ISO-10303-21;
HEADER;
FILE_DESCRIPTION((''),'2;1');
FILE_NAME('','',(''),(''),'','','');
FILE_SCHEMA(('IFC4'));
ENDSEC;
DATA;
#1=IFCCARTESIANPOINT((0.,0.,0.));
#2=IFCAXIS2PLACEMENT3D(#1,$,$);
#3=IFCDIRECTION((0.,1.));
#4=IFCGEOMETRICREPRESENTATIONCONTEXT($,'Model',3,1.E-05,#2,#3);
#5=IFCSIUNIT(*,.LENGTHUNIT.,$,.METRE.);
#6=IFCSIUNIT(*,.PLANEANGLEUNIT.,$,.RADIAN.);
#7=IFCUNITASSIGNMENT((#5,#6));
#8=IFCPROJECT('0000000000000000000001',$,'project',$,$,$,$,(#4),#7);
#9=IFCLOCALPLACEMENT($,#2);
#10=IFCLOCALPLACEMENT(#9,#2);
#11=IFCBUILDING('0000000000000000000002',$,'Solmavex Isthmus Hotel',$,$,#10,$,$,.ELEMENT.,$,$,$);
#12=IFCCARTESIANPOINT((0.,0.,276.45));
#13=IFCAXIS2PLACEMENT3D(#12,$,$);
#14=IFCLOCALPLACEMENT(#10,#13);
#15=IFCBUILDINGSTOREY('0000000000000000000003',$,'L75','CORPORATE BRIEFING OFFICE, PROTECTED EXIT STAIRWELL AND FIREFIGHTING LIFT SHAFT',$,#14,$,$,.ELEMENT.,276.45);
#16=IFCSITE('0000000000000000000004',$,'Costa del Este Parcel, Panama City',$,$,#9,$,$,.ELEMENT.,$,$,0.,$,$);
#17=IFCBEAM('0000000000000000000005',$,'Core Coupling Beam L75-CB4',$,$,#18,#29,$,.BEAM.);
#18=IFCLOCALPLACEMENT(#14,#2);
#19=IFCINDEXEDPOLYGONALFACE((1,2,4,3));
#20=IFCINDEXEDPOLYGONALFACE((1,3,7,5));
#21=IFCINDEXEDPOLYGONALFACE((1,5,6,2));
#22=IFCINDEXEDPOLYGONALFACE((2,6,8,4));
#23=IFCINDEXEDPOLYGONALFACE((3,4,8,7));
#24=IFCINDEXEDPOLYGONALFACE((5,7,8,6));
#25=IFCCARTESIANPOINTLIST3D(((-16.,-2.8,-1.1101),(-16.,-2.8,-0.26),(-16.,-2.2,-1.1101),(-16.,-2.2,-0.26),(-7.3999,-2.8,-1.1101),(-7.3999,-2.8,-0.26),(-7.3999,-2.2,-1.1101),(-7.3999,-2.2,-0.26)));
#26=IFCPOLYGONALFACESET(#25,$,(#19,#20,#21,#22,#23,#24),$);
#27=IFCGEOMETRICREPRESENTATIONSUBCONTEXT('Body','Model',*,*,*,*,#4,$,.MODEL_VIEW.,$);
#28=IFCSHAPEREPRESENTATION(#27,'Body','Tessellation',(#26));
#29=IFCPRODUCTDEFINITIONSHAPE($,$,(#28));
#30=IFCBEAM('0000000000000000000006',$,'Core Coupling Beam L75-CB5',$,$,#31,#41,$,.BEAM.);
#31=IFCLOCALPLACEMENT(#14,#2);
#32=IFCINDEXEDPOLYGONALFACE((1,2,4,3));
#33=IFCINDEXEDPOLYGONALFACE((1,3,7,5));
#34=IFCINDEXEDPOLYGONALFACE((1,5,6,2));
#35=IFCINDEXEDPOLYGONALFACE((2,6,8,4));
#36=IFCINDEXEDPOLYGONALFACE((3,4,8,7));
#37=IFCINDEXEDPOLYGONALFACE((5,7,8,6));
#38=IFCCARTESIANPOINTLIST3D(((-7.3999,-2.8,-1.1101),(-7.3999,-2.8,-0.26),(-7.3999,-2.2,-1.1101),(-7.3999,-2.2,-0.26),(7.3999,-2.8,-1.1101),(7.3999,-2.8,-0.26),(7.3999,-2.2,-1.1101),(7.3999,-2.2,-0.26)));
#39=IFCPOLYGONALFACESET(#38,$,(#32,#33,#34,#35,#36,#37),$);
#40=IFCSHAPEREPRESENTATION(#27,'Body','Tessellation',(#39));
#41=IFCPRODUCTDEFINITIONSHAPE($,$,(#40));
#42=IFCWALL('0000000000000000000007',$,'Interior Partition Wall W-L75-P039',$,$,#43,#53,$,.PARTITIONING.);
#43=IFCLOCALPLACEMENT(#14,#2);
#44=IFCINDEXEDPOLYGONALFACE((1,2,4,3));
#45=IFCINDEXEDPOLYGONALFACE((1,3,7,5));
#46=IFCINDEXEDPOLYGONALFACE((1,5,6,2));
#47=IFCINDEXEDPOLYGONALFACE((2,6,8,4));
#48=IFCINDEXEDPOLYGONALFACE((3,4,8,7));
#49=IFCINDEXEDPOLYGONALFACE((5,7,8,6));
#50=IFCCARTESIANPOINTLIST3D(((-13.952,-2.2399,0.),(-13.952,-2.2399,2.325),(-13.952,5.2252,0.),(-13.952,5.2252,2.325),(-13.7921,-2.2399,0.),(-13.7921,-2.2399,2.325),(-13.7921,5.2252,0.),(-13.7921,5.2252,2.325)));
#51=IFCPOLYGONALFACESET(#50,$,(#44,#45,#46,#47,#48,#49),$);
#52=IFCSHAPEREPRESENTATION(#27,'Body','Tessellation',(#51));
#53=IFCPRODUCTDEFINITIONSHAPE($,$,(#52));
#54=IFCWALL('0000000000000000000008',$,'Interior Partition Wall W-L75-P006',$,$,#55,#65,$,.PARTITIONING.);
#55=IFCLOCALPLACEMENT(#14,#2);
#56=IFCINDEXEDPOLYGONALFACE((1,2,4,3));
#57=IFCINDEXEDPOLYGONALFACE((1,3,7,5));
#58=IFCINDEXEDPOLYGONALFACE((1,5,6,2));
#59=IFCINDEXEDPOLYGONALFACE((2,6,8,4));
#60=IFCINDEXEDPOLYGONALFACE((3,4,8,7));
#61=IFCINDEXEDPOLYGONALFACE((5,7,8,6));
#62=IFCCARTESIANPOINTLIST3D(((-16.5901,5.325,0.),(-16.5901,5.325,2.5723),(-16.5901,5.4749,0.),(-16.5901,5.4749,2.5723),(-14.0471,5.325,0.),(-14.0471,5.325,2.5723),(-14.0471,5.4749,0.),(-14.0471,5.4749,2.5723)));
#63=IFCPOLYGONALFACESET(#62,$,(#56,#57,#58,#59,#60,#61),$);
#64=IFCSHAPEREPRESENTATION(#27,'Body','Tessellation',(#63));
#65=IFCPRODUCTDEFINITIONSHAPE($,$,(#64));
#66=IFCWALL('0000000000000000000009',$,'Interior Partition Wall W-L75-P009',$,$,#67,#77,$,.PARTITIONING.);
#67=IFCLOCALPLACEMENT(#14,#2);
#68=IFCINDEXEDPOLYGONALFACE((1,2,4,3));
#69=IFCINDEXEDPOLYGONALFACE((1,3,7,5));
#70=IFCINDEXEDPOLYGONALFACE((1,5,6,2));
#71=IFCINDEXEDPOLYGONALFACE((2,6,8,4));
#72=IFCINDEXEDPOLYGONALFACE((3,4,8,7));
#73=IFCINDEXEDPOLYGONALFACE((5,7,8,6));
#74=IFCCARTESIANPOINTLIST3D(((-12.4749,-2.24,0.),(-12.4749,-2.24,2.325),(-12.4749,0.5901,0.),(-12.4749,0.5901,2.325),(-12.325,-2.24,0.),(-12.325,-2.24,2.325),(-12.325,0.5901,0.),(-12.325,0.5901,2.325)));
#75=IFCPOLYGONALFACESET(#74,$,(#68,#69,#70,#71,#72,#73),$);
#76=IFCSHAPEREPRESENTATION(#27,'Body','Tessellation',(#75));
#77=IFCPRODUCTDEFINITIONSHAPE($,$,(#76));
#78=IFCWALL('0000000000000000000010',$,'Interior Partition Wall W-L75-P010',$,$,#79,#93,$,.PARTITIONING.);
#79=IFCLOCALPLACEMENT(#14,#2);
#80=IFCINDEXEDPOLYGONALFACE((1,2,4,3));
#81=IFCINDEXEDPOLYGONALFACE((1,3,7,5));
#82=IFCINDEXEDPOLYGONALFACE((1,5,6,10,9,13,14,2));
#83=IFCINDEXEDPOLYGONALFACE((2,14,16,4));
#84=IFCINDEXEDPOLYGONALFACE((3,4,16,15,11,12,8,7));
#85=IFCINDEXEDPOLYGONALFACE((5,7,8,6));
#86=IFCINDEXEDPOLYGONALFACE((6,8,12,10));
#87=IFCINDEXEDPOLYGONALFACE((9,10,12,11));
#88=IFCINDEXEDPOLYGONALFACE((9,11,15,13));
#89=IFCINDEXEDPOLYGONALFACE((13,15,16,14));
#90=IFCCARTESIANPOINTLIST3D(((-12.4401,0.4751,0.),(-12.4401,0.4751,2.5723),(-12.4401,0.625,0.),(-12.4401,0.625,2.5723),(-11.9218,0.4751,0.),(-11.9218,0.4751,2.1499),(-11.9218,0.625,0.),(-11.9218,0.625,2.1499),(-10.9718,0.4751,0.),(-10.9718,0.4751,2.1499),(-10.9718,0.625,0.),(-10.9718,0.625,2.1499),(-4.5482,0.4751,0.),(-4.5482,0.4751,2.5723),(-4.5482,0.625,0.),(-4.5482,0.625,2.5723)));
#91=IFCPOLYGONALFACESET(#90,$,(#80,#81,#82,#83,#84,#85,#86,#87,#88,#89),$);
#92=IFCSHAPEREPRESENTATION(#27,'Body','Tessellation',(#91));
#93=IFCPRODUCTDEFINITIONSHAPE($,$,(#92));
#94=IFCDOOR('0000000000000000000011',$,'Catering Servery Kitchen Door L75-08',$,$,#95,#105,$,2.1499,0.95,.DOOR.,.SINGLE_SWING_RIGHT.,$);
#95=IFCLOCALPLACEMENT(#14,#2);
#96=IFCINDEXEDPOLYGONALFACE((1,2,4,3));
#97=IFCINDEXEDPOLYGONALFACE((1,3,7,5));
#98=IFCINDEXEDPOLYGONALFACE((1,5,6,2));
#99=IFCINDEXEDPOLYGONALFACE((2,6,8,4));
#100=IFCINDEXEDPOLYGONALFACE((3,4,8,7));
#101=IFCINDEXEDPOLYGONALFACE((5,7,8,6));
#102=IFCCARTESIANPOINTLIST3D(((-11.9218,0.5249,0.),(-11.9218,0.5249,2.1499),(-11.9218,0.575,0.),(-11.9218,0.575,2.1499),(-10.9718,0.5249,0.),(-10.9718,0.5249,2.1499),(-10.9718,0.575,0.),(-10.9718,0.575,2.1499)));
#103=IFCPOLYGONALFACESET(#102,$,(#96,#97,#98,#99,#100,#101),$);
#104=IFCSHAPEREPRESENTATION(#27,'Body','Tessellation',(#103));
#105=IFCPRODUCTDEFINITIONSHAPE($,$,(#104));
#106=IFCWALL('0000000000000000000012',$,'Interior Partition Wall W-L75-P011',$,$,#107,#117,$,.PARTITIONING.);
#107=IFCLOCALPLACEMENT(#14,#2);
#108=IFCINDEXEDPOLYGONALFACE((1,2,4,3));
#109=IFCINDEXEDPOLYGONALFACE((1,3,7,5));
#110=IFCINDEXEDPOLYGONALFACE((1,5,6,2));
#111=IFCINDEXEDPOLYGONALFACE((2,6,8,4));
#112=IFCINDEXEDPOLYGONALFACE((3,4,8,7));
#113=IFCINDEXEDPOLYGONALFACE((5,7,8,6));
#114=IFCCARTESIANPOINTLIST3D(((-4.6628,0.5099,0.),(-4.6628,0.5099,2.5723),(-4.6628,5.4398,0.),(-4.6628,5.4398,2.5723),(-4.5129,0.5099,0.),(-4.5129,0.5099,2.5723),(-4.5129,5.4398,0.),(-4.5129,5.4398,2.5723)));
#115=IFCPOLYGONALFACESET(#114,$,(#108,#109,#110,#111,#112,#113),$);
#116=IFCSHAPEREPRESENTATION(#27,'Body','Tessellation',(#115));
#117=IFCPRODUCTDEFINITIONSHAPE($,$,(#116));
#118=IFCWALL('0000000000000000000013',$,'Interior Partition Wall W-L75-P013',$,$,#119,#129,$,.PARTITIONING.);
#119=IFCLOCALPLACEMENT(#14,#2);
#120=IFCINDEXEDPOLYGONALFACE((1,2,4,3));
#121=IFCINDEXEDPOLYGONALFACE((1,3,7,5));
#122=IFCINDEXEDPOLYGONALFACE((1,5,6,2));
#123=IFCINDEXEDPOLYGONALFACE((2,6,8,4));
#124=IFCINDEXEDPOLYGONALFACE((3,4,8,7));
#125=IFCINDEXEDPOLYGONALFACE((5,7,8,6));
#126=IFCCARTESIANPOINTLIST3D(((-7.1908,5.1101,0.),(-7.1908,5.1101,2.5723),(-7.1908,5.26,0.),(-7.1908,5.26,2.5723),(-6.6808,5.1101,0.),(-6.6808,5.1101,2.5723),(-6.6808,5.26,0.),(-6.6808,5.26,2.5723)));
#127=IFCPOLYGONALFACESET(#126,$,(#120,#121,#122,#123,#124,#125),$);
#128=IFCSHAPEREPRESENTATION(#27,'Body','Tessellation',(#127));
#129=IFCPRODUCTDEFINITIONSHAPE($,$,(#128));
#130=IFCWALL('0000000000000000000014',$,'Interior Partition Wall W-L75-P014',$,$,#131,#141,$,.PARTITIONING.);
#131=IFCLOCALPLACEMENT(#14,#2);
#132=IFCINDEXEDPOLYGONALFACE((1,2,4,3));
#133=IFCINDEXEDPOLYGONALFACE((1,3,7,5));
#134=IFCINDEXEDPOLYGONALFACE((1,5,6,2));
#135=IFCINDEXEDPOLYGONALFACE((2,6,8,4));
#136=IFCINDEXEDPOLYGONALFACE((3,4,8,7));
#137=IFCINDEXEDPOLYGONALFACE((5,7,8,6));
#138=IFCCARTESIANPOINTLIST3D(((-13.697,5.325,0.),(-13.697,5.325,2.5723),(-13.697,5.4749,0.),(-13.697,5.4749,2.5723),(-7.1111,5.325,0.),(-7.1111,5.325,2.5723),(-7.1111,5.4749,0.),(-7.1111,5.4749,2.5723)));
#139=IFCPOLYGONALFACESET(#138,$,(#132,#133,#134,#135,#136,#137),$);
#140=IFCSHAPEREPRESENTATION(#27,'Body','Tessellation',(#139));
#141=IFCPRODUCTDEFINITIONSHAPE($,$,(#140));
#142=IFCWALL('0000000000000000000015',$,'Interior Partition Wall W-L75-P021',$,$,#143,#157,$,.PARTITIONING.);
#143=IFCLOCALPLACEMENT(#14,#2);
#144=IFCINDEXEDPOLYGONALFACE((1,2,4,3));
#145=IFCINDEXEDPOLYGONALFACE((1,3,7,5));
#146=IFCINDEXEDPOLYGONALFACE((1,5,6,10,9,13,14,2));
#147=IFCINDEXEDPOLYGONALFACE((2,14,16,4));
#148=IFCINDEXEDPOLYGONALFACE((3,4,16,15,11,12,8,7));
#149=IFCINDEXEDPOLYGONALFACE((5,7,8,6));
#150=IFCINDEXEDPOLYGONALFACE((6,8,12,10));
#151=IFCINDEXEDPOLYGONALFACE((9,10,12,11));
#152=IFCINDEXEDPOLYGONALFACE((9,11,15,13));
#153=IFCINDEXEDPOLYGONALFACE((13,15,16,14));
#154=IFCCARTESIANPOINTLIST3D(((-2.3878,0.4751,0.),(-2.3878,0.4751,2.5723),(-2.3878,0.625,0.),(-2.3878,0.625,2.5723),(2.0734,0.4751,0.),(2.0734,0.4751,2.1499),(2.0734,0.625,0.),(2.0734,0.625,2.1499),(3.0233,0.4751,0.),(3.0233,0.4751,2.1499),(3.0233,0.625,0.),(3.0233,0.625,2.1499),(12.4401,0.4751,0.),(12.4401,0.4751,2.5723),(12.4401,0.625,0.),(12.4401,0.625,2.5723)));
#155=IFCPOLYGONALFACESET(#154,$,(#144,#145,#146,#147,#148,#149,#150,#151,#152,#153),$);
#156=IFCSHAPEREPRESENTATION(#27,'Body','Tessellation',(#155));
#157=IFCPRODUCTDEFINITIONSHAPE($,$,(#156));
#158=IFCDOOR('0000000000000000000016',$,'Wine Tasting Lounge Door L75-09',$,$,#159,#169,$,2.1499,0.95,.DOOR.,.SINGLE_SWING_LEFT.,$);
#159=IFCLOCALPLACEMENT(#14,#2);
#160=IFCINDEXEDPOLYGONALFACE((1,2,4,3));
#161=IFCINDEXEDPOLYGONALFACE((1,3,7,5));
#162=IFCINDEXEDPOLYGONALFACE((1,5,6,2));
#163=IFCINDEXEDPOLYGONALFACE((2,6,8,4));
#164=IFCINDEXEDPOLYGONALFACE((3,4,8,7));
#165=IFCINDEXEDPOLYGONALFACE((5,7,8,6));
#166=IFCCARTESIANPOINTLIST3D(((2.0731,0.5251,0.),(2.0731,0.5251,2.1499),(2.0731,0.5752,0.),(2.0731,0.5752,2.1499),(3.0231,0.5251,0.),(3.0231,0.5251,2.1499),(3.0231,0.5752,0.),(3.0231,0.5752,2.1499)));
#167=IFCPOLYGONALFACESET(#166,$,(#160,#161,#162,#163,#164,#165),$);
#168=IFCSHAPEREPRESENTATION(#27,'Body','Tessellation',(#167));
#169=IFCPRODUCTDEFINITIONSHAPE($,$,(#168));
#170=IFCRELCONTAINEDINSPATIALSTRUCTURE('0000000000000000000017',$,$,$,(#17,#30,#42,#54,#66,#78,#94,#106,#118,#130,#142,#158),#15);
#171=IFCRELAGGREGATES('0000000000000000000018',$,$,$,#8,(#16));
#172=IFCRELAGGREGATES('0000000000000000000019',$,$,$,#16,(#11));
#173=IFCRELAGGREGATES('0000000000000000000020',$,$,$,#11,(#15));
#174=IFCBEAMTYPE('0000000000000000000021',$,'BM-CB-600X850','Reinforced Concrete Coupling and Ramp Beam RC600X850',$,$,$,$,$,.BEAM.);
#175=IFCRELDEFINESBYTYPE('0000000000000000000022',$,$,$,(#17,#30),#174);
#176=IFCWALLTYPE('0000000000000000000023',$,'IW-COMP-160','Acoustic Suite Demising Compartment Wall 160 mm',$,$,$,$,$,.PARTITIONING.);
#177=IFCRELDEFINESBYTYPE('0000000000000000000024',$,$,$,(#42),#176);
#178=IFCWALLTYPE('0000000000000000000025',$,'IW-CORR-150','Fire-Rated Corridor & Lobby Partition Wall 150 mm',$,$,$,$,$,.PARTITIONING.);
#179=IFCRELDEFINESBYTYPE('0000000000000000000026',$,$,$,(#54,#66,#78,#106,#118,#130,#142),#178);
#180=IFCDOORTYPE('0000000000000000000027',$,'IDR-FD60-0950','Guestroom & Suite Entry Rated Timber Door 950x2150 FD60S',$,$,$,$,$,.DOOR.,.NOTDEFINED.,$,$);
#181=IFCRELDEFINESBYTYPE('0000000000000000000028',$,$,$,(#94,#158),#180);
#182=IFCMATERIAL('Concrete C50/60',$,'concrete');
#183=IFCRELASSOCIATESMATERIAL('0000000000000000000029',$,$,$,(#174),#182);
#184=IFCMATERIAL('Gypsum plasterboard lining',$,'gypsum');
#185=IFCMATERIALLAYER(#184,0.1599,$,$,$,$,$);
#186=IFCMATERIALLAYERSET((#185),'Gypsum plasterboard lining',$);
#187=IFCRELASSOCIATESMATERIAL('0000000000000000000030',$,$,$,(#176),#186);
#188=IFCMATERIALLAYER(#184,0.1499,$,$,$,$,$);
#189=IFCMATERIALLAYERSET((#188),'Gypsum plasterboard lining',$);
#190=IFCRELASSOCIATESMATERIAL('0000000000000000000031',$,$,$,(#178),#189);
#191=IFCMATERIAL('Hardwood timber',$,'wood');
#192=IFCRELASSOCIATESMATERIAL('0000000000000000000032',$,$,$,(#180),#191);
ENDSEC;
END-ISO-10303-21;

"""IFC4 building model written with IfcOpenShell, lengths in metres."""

from ifc_helpers import new_model, si_unit, direction, frame, frame_2d, origin, origin_2d, place, context, subcontext, project, spatial, rectangle, extrude, material, layer, layer_set, material_profile, profile_set, type_object, element, fill, save


model = new_model("IFC4")

# Units and contexts
model_context = context("Model", 3, precision=1e-05, world=origin(), true_north=direction((0.0, 1.0)))
body_context = subcontext(model_context, "Body", "Model", "MODEL_VIEW")
ifc_project = project(units=[si_unit("LENGTHUNIT", "METRE"), si_unit("PLANEANGLEUNIT", "RADIAN")], contexts=[model_context])

# Site, building, storey
site_placement = place(None, origin())
site = spatial("IfcSite", under=ifc_project, at=site_placement, Name="Costa del Este Parcel, Panama City", CompositionType="ELEMENT", RefElevation=0.0)
building_placement = place(site_placement, origin())
building = spatial("IfcBuilding", under=site, at=building_placement, Name="Solmavex Isthmus Hotel", CompositionType="ELEMENT")
storey_placement = place(building_placement, frame((0.0, 0.0, 276.45)))
storey = spatial("IfcBuildingStorey", under=building, at=storey_placement, Name="L75", Description="CORPORATE BRIEFING OFFICE, PROTECTED EXIT STAIRWELL AND FIREFIGHTING LIFT SHAFT", CompositionType="ELEMENT", Elevation=276.45)

# Shared definitions
ifc_material_1 = material(Name="Concrete C50/60", Category="concrete")

# Beams
ifc_material_profile_1 = material_profile(ifc_material_1, rectangle(XDim=0.6001, YDim=0.8501, at=origin_2d()), Name="RC600X850")
ifc_profile_set_1 = profile_set([ifc_material_profile_1], Name="Concrete C50/60")
beam_type_1 = type_object("IfcBeamType", Name="BM-CB-600X850", Description="Reinforced Concrete Coupling and Ramp Beam RC600X850", PredefinedType="BEAM", material=ifc_profile_set_1)
beam_1_placement = place(storey_placement, frame((-16.0, -2.5, -0.6851), z_axis=(1.0, 0.0, 0.0), x_axis=(0.0, 1.0, 0.0)))
element("IfcBeam", 1, at=beam_1_placement, inside=storey, type_object=beam_type_1, Name="Core Coupling Beam L75-CB4", PredefinedType="BEAM", context=body_context, shape_type="SweptSolid", body=[
    extrude(rectangle(XDim=0.6001, YDim=0.8501, at=origin_2d()), origin(), (0.0, 0.0, 1.0), 8.6001),
])
beam_2_placement = place(storey_placement, frame((-7.3999, -2.5, -0.6851), z_axis=(1.0, 0.0, 0.0), x_axis=(0.0, 1.0, 0.0)))
element("IfcBeam", 2, at=beam_2_placement, inside=storey, type_object=beam_type_1, Name="Core Coupling Beam L75-CB5", PredefinedType="BEAM", context=body_context, shape_type="SweptSolid", body=[
    extrude(rectangle(XDim=0.6001, YDim=0.8501, at=origin_2d()), origin(), (0.0, 0.0, 1.0), 14.7998),
])

# Walls
ifc_material_2 = material(Name="Gypsum plasterboard lining", Category="gypsum")
ifc_layer_1 = layer(ifc_material_2, 0.1599)
ifc_layer_set_1 = layer_set([ifc_layer_1], Name="Gypsum plasterboard lining")
wall_type_1 = type_object("IfcWallType", Name="IW-COMP-160", Description="Acoustic Suite Demising Compartment Wall 160 mm", PredefinedType="PARTITIONING", material=ifc_layer_set_1)
wall_1_placement = place(storey_placement, frame((-13.8721, 5.2251, 0.0), z_axis=(0.0, 0.0, 1.0), x_axis=(0.0, -1.0, 0.0)))
element("IfcWall", 3, at=wall_1_placement, inside=storey, type_object=wall_type_1, Name="Interior Partition Wall W-L75-P039", PredefinedType="PARTITIONING", context=body_context, shape_type="SweptSolid", body=[
    extrude(rectangle(XDim=7.4651, YDim=0.1599, at=frame_2d((3.7324, 0.0))), origin(), (0.0, 0.0, 1.0), 2.325),
])
ifc_layer_2 = layer(ifc_material_2, 0.1499)
ifc_layer_set_2 = layer_set([ifc_layer_2], Name="Gypsum plasterboard lining")
wall_type_2 = type_object("IfcWallType", Name="IW-CORR-150", Description="Fire-Rated Corridor & Lobby Partition Wall 150 mm", PredefinedType="PARTITIONING", material=ifc_layer_set_2)
wall_2_placement = place(storey_placement, frame((-14.0471, 5.3999, 0.0), z_axis=(0.0, 0.0, 1.0), x_axis=(-1.0, 0.0, 0.0)))
element("IfcWall", 4, at=wall_2_placement, inside=storey, type_object=wall_type_2, Name="Interior Partition Wall W-L75-P006", PredefinedType="PARTITIONING", context=body_context, shape_type="SweptSolid", body=[
    extrude(rectangle(XDim=2.543, YDim=0.1499, at=frame_2d((1.2715, 0.0))), origin(), (0.0, 0.0, 1.0), 2.5723),
])
wall_3_placement = place(storey_placement, frame((-12.3999, -2.24, 0.0), z_axis=(0.0, 0.0, 1.0), x_axis=(0.0, 1.0, 0.0)))
element("IfcWall", 5, at=wall_3_placement, inside=storey, type_object=wall_type_2, Name="Interior Partition Wall W-L75-P009", PredefinedType="PARTITIONING", context=body_context, shape_type="SweptSolid", body=[
    extrude(rectangle(XDim=2.8301, YDim=0.1499, at=frame_2d((1.415, 0.0))), origin(), (0.0, 0.0, 1.0), 2.325),
])

# Wall, opening, door
wall_4_placement = place(storey_placement, frame((-12.4399, 0.55, 0.0), z_axis=(0.0, 0.0, 1.0), x_axis=(1.0, 0.0, 0.0)))
wall_4 = element("IfcWall", 6, at=wall_4_placement, inside=storey, type_object=wall_type_2, Name="Interior Partition Wall W-L75-P010", PredefinedType="PARTITIONING", context=body_context, shape_type="SweptSolid", body=[
    extrude(rectangle(XDim=7.8918, YDim=0.1499, at=frame_2d((3.9458, 0.0))), origin(), (0.0, 0.0, 1.0), 2.5723),
])
opening_1_placement = place(wall_4_placement, frame((0.5181, 0.0, 0.0)))
opening_1 = element("IfcOpeningElement", 7, at=opening_1_placement, cuts=wall_4, PredefinedType="OPENING", context=body_context, shape_type="SweptSolid", body=[
    extrude(rectangle(XDim=0.95, YDim=2.1499, at=frame_2d((0.4751, 1.075))), frame((0.0, 0.085, 0.0), z_axis=(0.0, -1.0, 0.0), x_axis=(1.0, 0.0, 0.0)), (0.0, 0.0, 1.0), 0.1699),
])
ifc_material_3 = material(Name="Hardwood timber", Category="wood")
door_type_1 = type_object("IfcDoorType", Name="IDR-FD60-0950", Description="Guestroom & Suite Entry Rated Timber Door 950x2150 FD60S", OperationType="NOTDEFINED", PredefinedType="DOOR", material=ifc_material_3)
door_1_placement = place(opening_1_placement, origin())
door_1 = element("IfcDoor", 8, at=door_1_placement, inside=storey, type_object=door_type_1, Name="Catering Servery Kitchen Door L75-08", OperationType="SINGLE_SWING_RIGHT", OverallHeight=2.1499, OverallWidth=0.95, PredefinedType="DOOR", context=body_context, shape_type="SweptSolid", body=[
    extrude(rectangle(XDim=0.95, YDim=2.1499, at=frame_2d((0.4751, 1.075))), frame((0.0, 0.0249, 0.0), z_axis=(0.0, -1.0, 0.0), x_axis=(1.0, 0.0, 0.0)), (0.0, 0.0, 1.0), 0.05),
])
fill(opening_1, door_1)

# Walls
wall_5_placement = place(storey_placement, frame((-4.5879, 0.51, 0.0), z_axis=(0.0, 0.0, 1.0), x_axis=(0.0, 1.0, 0.0)))
element("IfcWall", 9, at=wall_5_placement, inside=storey, type_object=wall_type_2, Name="Interior Partition Wall W-L75-P011", PredefinedType="PARTITIONING", context=body_context, shape_type="SweptSolid", body=[
    extrude(rectangle(XDim=4.9299, YDim=0.1499, at=frame_2d((2.4648, 0.0))), origin(), (0.0, 0.0, 1.0), 2.5723),
])
wall_6_placement = place(storey_placement, frame((-6.6809, 5.1851, 0.0), z_axis=(0.0, 0.0, 1.0), x_axis=(-1.0, 0.0, 0.0)))
element("IfcWall", 10, at=wall_6_placement, inside=storey, type_object=wall_type_2, Name="Interior Partition Wall W-L75-P013", PredefinedType="PARTITIONING", context=body_context, shape_type="SweptSolid", body=[
    extrude(rectangle(XDim=0.51, YDim=0.1499, at=frame_2d((0.2549, 0.0))), origin(), (0.0, 0.0, 1.0), 2.5723),
])
wall_7_placement = place(storey_placement, frame((-7.1111, 5.3999, 0.0), z_axis=(0.0, 0.0, 1.0), x_axis=(-1.0, 0.0, 0.0)))
element("IfcWall", 11, at=wall_7_placement, inside=storey, type_object=wall_type_2, Name="Interior Partition Wall W-L75-P014", PredefinedType="PARTITIONING", context=body_context, shape_type="SweptSolid", body=[
    extrude(rectangle(XDim=6.5859, YDim=0.1499, at=frame_2d((3.293, 0.0))), origin(), (0.0, 0.0, 1.0), 2.5723),
])

# Wall, opening, door
wall_8_placement = place(storey_placement, frame((-2.3879, 0.55, 0.0), z_axis=(0.0, 0.0, 1.0), x_axis=(1.0, 0.0, 0.0)))
wall_8 = element("IfcWall", 12, at=wall_8_placement, inside=storey, type_object=wall_type_2, Name="Interior Partition Wall W-L75-P021", PredefinedType="PARTITIONING", context=body_context, shape_type="SweptSolid", body=[
    extrude(rectangle(XDim=14.8279, YDim=0.1499, at=frame_2d((7.4141, 0.0))), origin(), (0.0, 0.0, 1.0), 2.5723),
])
opening_2_placement = place(wall_8_placement, frame((4.4612, 0.0, 0.0)))
opening_2 = element("IfcOpeningElement", 13, at=opening_2_placement, cuts=wall_8, PredefinedType="OPENING", context=body_context, shape_type="SweptSolid", body=[
    extrude(rectangle(XDim=0.95, YDim=2.1499, at=frame_2d((0.4751, 1.075))), frame((0.0, 0.085, 0.0), z_axis=(0.0, -1.0, 0.0), x_axis=(1.0, 0.0, 0.0)), (0.0, 0.0, 1.0), 0.1699),
])
door_2_placement = place(opening_2_placement, frame((0.95, 0.0, 0.0), z_axis=(0.0, 0.0, 1.0), x_axis=(-1.0, 0.0, 0.0)))
door_2 = element("IfcDoor", 14, at=door_2_placement, inside=storey, type_object=door_type_1, Name="Wine Tasting Lounge Door L75-09", OperationType="SINGLE_SWING_LEFT", OverallHeight=2.1499, OverallWidth=0.95, PredefinedType="DOOR", context=body_context, shape_type="SweptSolid", body=[
    extrude(rectangle(XDim=0.95, YDim=2.1499, at=frame_2d((0.4751, 1.075))), frame((0.0, 0.0249, 0.0), z_axis=(0.0, -1.0, 0.0), x_axis=(1.0, 0.0, 0.0)), (0.0, 0.0, 1.0), 0.05),
])
fill(opening_2, door_2)

save(model, "model.ifc")
